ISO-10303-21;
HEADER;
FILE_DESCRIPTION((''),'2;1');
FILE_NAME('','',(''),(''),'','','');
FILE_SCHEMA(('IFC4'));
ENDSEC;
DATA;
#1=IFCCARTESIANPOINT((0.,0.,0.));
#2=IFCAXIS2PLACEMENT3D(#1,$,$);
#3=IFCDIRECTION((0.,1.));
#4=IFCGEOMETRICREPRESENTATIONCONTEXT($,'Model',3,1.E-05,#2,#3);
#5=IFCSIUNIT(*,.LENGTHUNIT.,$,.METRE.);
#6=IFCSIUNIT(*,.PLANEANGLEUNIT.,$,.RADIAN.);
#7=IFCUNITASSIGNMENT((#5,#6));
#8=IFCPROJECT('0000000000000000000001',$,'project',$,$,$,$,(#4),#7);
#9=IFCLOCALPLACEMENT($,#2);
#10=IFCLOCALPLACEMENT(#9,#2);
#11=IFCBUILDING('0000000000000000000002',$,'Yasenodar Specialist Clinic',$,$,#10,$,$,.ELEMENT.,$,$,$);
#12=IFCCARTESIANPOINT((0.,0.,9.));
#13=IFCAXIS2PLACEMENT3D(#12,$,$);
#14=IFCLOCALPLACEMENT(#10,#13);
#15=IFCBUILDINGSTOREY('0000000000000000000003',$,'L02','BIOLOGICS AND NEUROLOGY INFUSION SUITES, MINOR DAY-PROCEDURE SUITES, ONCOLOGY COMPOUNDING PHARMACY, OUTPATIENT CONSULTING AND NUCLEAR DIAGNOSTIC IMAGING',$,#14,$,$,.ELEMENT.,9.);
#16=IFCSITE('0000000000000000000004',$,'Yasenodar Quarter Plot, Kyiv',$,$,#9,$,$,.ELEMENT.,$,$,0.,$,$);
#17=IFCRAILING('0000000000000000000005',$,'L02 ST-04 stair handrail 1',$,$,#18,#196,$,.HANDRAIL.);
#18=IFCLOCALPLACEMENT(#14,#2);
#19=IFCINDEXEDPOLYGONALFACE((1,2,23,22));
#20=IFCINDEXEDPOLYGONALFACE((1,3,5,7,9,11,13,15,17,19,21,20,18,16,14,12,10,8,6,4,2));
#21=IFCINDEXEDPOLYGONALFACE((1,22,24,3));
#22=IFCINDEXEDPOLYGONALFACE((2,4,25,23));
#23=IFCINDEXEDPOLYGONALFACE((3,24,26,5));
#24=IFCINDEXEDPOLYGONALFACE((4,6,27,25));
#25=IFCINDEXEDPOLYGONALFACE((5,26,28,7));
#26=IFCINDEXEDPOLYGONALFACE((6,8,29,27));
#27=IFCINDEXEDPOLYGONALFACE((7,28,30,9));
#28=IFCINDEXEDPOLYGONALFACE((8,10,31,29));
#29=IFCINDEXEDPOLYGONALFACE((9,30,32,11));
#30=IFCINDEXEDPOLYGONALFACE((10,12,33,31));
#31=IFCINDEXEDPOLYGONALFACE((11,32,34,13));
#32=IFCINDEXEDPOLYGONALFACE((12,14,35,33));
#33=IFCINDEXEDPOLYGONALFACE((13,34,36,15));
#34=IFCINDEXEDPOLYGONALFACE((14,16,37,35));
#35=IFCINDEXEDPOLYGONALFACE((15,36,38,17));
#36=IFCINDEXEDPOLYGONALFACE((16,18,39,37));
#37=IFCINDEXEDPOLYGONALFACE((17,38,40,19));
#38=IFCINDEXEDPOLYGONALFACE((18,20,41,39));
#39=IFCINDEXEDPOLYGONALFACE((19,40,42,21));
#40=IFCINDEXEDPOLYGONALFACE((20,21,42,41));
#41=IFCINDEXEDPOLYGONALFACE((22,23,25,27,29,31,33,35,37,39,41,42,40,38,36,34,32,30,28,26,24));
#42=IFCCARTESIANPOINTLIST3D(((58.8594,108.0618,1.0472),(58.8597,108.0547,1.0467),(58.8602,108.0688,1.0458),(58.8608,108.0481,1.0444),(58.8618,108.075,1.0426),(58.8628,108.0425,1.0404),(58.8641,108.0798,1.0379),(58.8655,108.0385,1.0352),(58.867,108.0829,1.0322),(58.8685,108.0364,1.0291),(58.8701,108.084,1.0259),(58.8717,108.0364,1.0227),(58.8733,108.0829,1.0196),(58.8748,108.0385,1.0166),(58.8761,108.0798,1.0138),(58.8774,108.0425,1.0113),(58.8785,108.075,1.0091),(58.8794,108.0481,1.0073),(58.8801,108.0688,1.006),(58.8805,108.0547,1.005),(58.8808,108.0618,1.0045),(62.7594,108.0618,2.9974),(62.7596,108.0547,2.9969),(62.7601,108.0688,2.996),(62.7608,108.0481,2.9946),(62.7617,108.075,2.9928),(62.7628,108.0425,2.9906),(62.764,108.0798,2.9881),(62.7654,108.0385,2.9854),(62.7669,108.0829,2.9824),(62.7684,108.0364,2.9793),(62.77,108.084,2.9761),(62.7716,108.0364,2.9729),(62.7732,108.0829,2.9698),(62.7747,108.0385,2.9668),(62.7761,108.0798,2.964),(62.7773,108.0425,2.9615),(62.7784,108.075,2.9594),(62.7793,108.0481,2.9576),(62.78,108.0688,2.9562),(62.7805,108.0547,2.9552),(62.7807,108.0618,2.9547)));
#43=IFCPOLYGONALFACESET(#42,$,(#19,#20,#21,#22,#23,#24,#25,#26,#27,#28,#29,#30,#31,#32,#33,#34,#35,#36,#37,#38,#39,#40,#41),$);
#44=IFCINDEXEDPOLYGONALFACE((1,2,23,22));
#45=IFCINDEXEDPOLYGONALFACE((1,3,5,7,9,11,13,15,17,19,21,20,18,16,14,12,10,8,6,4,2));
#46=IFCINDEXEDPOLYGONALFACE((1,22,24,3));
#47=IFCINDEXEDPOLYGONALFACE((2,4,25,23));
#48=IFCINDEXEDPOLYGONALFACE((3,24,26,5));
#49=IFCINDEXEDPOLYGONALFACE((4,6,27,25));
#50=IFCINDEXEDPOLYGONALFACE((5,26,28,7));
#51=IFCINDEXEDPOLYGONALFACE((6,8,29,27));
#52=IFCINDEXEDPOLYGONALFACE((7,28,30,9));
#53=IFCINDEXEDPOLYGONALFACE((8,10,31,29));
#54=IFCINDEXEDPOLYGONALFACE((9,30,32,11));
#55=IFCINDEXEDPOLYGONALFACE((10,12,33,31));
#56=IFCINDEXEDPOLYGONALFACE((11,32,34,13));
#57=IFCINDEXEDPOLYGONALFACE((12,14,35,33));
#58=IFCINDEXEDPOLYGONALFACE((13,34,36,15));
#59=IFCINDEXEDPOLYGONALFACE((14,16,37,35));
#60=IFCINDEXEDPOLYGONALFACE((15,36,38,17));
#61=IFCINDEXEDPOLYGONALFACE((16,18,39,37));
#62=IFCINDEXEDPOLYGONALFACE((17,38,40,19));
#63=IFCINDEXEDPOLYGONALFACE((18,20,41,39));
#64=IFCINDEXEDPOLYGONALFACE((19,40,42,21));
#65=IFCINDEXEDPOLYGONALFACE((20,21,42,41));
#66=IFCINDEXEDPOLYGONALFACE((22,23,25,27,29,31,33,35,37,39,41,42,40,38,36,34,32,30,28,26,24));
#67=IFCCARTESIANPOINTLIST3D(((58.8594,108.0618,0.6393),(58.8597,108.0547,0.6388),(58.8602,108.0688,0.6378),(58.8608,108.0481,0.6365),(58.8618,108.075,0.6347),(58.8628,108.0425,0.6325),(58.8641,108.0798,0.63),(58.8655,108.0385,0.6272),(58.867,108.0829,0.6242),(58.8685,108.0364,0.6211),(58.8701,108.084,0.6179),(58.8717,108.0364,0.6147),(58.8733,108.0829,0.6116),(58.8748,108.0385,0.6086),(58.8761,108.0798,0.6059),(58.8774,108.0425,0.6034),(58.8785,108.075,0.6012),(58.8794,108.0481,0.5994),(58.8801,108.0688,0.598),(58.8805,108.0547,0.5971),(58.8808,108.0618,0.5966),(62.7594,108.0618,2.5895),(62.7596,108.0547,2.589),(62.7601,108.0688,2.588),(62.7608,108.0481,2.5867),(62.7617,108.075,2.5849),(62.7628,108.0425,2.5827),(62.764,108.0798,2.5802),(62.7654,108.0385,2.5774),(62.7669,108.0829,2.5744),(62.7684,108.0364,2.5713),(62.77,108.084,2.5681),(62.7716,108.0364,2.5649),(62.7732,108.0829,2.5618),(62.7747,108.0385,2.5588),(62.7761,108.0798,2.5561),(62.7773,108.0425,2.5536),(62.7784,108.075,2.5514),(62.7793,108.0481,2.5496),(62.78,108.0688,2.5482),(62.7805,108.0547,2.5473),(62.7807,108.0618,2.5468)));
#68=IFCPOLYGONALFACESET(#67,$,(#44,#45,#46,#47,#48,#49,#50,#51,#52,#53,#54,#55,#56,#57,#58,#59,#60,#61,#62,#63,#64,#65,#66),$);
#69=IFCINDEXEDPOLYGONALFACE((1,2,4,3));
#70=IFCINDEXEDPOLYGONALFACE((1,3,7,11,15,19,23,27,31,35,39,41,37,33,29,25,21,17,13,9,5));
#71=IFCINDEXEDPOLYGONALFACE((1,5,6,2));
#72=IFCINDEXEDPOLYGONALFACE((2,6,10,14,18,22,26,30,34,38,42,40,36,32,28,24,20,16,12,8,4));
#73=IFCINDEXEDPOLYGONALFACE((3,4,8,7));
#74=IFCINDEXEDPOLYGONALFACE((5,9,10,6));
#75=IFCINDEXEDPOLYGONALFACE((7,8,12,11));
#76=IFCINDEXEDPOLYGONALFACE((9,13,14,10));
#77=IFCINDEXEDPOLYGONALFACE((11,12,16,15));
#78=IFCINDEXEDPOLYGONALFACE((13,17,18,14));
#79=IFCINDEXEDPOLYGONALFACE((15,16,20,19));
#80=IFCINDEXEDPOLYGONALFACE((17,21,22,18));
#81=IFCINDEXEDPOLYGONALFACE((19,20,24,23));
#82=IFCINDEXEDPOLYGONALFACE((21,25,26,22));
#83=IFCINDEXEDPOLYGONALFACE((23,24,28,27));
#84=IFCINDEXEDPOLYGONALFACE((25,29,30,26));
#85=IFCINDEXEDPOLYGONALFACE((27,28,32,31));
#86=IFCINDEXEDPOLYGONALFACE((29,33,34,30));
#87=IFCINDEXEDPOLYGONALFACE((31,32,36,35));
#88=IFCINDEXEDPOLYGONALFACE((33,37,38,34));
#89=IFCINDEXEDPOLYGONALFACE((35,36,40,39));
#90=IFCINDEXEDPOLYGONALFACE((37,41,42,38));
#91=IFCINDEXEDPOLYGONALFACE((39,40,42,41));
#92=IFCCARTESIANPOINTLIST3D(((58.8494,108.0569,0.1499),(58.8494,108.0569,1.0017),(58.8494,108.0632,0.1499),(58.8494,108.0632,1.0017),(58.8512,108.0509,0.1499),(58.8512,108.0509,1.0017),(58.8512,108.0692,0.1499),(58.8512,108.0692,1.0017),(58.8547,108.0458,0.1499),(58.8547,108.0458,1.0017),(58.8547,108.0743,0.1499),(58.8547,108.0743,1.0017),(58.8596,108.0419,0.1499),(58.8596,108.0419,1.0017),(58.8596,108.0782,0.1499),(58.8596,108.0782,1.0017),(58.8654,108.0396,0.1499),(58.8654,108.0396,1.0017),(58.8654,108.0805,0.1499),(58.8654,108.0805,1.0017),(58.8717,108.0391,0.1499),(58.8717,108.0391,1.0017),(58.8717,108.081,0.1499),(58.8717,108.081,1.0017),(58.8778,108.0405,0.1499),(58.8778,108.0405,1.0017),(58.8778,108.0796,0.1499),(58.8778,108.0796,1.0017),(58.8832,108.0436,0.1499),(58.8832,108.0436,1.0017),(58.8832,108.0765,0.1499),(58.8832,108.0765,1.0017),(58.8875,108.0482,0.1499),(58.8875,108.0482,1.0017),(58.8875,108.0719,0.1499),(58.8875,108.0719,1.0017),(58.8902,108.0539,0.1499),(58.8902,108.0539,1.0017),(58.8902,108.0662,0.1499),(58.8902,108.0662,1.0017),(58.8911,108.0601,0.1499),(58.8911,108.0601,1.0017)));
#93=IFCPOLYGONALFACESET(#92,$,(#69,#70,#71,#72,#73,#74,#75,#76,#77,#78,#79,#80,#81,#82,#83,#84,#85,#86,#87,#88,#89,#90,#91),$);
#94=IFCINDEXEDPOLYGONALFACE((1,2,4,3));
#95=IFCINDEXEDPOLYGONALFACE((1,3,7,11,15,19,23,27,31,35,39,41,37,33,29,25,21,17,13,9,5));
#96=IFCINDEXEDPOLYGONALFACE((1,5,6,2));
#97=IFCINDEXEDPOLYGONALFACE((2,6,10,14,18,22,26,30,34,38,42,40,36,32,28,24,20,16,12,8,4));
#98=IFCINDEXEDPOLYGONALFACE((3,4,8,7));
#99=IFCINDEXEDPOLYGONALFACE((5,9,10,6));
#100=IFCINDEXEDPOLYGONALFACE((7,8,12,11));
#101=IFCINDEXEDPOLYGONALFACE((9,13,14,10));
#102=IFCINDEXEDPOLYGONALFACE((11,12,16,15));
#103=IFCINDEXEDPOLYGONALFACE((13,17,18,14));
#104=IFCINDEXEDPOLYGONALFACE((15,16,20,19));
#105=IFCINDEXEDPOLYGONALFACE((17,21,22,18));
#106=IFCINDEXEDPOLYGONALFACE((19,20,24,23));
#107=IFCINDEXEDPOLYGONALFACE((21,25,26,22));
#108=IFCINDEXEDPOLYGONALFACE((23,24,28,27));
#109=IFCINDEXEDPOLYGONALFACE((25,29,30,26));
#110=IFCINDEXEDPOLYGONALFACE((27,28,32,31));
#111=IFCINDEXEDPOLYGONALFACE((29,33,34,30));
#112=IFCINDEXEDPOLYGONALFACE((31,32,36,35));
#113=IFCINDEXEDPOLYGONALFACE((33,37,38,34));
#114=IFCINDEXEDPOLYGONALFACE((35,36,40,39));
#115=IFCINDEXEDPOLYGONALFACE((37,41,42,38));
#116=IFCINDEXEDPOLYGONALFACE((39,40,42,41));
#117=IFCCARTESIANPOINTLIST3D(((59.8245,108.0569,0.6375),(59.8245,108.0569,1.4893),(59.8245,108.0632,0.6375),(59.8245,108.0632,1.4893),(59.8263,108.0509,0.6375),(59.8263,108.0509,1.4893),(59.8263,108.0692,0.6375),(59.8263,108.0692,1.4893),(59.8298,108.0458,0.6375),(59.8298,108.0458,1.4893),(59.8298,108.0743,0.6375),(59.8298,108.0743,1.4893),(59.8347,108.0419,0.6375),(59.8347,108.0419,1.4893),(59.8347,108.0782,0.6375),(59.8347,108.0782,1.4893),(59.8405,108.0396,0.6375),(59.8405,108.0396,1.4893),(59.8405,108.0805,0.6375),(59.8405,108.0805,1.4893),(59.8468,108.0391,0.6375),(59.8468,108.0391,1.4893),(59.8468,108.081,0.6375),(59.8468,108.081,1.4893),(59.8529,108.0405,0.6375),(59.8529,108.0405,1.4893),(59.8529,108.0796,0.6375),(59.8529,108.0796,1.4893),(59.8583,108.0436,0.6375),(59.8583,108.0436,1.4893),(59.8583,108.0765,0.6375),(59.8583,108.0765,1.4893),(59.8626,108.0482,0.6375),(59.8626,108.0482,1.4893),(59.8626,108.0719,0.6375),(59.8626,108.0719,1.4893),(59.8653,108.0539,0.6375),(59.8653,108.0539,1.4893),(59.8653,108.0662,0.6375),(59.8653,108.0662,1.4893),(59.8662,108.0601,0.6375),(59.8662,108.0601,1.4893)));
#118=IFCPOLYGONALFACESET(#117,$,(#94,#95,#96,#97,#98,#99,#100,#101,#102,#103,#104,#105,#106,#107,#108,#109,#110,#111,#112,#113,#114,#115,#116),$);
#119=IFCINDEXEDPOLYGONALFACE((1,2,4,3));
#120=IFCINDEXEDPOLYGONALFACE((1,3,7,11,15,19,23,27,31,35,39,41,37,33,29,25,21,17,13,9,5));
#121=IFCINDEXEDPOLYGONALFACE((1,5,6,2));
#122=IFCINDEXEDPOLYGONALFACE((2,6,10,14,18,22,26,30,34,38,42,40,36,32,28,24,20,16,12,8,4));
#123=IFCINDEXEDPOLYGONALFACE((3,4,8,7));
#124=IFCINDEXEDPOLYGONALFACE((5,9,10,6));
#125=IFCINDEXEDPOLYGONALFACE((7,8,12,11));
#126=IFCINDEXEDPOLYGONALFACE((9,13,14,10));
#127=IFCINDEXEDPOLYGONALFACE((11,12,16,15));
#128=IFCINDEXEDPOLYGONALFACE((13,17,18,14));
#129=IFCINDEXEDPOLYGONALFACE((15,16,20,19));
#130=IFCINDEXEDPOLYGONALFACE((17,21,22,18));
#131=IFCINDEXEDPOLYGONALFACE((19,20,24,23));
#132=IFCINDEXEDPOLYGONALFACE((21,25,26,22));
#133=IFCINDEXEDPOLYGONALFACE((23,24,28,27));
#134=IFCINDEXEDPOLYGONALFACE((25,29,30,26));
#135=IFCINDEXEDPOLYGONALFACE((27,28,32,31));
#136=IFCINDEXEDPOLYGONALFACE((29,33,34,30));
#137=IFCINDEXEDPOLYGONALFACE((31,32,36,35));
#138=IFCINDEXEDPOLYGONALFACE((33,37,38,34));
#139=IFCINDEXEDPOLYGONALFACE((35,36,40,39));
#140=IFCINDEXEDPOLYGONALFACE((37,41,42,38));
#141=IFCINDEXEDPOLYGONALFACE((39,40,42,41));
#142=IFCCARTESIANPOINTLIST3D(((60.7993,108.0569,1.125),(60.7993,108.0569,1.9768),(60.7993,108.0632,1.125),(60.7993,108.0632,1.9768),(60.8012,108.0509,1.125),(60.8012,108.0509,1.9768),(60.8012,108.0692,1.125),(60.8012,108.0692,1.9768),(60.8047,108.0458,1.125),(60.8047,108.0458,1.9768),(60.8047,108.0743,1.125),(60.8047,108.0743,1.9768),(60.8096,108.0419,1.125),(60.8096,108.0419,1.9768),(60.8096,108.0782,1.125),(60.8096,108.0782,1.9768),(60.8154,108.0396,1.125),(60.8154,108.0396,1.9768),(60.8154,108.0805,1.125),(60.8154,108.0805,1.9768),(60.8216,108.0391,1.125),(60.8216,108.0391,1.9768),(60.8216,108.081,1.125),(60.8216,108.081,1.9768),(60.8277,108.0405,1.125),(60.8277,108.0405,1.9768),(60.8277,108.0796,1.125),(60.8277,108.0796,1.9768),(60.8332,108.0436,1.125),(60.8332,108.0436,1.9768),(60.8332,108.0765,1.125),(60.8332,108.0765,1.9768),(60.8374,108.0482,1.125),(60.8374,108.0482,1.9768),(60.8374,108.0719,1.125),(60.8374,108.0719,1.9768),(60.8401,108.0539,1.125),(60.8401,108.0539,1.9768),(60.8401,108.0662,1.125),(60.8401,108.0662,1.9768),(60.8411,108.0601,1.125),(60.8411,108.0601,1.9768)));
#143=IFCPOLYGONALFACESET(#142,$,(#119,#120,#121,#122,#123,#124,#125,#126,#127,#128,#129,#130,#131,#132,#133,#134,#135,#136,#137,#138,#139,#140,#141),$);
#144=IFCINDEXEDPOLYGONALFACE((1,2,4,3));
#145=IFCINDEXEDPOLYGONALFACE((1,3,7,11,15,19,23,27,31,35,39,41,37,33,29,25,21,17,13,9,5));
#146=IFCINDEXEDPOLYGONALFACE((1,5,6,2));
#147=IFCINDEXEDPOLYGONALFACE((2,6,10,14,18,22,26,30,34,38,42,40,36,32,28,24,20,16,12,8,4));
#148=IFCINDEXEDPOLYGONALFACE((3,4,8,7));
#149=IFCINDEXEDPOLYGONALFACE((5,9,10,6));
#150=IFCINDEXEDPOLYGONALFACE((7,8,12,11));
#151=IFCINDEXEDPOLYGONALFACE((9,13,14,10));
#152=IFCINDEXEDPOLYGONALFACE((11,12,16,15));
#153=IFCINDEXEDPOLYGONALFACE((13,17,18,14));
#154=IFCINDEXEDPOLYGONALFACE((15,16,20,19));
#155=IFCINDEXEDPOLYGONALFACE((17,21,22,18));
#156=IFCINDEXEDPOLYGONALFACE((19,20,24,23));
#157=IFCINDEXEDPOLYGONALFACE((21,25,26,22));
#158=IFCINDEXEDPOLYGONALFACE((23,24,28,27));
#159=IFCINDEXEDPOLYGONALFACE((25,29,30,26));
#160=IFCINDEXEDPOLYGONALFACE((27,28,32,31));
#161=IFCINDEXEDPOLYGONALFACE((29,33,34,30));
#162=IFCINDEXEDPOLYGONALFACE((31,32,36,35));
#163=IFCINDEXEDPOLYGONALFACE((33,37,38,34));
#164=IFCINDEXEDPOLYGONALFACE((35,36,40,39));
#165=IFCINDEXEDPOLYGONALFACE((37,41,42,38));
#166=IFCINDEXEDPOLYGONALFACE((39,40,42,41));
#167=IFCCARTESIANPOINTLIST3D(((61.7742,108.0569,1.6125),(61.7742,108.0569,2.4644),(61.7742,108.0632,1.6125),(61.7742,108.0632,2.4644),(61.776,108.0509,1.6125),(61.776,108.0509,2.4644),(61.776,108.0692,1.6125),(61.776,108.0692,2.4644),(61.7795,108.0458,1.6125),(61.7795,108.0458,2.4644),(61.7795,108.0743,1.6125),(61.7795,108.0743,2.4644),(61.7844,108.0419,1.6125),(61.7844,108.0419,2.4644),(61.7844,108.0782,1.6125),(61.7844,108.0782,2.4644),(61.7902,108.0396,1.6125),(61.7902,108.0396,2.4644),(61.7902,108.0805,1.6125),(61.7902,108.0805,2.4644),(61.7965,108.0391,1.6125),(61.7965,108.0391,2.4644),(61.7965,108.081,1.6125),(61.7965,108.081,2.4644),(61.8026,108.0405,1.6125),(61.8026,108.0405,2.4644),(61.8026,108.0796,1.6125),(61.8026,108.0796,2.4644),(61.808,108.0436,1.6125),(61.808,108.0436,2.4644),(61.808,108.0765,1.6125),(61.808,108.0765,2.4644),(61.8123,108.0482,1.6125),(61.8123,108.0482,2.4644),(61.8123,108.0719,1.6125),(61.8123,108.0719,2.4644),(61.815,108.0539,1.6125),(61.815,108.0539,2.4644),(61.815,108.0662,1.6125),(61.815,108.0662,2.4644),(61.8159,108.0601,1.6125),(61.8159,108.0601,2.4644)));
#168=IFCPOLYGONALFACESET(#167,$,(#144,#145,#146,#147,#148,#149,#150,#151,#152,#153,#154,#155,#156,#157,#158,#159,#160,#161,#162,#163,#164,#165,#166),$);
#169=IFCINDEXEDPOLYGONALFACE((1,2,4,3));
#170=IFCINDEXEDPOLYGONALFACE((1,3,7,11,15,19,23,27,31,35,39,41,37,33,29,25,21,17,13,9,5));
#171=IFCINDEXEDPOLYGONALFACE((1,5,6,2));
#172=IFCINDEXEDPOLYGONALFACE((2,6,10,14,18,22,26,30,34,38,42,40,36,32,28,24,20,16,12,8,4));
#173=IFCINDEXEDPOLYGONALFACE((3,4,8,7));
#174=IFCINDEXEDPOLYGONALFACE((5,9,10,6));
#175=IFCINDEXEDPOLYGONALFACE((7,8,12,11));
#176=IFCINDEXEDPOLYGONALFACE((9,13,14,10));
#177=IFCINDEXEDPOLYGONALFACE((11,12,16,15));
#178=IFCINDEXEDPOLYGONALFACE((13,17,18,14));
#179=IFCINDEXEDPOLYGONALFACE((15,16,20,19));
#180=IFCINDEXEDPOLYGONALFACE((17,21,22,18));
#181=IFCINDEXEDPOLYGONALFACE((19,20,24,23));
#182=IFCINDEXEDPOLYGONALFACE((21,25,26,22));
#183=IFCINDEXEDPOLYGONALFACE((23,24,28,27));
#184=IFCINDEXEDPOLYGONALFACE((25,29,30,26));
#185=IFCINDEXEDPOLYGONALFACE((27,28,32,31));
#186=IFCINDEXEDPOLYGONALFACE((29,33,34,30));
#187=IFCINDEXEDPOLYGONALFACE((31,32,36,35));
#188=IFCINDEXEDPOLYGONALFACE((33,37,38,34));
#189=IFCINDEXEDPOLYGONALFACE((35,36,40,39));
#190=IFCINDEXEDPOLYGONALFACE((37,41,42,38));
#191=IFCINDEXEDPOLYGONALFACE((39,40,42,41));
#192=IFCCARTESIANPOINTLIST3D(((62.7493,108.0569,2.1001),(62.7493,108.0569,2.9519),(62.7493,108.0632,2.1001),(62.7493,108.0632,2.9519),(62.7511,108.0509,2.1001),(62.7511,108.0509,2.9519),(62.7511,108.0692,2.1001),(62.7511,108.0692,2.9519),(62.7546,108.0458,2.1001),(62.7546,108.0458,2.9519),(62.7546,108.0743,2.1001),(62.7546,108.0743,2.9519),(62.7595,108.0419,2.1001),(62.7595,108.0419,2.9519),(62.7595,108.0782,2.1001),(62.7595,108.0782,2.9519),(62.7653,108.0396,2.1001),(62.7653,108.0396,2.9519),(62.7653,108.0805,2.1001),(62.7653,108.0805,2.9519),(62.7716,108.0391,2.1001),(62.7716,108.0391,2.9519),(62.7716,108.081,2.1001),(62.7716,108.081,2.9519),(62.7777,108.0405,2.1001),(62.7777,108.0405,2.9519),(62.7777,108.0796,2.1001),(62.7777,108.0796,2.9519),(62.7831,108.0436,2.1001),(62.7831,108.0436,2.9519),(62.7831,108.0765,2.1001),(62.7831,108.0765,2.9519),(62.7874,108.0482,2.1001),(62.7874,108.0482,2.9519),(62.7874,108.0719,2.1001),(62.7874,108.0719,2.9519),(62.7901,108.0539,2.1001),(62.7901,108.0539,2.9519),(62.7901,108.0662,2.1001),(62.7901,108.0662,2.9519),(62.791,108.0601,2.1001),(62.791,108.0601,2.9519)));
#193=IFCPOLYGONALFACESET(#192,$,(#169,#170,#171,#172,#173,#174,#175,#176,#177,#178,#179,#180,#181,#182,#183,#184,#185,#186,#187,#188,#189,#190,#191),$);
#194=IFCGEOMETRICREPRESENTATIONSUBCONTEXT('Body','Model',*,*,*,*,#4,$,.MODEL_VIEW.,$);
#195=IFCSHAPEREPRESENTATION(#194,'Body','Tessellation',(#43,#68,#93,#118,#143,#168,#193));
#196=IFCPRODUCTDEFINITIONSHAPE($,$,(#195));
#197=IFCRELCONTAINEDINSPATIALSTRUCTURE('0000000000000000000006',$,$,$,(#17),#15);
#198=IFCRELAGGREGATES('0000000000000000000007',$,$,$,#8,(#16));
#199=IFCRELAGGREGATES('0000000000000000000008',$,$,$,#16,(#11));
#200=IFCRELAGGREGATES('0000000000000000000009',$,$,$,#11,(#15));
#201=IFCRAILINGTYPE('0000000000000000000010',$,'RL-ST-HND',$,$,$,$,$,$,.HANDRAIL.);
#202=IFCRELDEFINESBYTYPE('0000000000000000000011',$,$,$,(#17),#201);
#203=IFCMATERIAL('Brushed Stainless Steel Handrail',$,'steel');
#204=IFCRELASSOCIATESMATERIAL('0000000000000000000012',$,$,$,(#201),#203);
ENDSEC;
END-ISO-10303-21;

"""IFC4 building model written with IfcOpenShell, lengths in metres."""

from ifc_helpers import new_model, si_unit, direction, frame, origin, origin_2d, place, context, subcontext, project, spatial, circle, extrude, material, type_object, element, save


model = new_model("IFC4")

# Units and contexts
model_context = context("Model", 3, precision=1e-05, world=origin(), true_north=direction((0.0, 1.0)))
body_context = subcontext(model_context, "Body", "Model", "MODEL_VIEW")
ifc_project = project(units=[si_unit("LENGTHUNIT", "METRE"), si_unit("PLANEANGLEUNIT", "RADIAN")], contexts=[model_context])

# Site, building, storey
site_placement = place(None, origin())
site = spatial("IfcSite", under=ifc_project, at=site_placement, Name="Yasenodar Quarter Plot, Kyiv", CompositionType="ELEMENT", RefElevation=0.0)
building_placement = place(site_placement, origin())
building = spatial("IfcBuilding", under=site, at=building_placement, Name="Yasenodar Specialist Clinic", CompositionType="ELEMENT")
storey_placement = place(building_placement, frame((0.0, 0.0, 9.0)))
storey = spatial("IfcBuildingStorey", under=building, at=storey_placement, Name="L02", Description="BIOLOGICS AND NEUROLOGY INFUSION SUITES, MINOR DAY-PROCEDURE SUITES, ONCOLOGY COMPOUNDING PHARMACY, OUTPATIENT CONSULTING AND NUCLEAR DIAGNOSTIC IMAGING", CompositionType="ELEMENT", Elevation=9.0)

# Railing
ifc_material_1 = material(Name="Brushed Stainless Steel Handrail", Category="steel")
railing_type_1 = type_object("IfcRailingType", Name="RL-ST-HND", PredefinedType="HANDRAIL", material=ifc_material_1)
railing_1_placement = place(storey_placement, frame((58.8701, 108.0601, 0.1499)))
element("IfcRailing", 1, at=railing_1_placement, inside=storey, type_object=railing_type_1, Name="L02 ST-04 stair handrail 1", PredefinedType="HANDRAIL", context=body_context, shape_type="SweptSolid", body=[
    extrude(circle(Radius=0.0239, at=origin_2d()), frame((0.0, 0.0, 0.876), z_axis=(0.894405, 0.0, 0.447258), x_axis=(0.0, 1.0, 0.0)), (0.0, 0.0, 1.0), 4.3604),
    extrude(circle(Radius=0.0239, at=origin_2d()), frame((0.0, 0.0, 0.468), z_axis=(0.894405, 0.0, 0.447258), x_axis=(0.0, 1.0, 0.0)), (0.0, 0.0, 1.0), 4.3604),
    extrude(circle(Radius=0.021, at=origin_2d()), origin(), (0.0, 0.0, 1.0), 0.8518),
    extrude(circle(Radius=0.021, at=origin_2d()), frame((0.9751, 0.0, 0.4875)), (0.0, 0.0, 1.0), 0.8518),
    extrude(circle(Radius=0.021, at=origin_2d()), frame((1.95, 0.0, 0.9751)), (0.0, 0.0, 1.0), 0.8518),
    extrude(circle(Radius=0.021, at=origin_2d()), frame((2.9248, 0.0, 1.4626)), (0.0, 0.0, 1.0), 0.8518),
    extrude(circle(Radius=0.021, at=origin_2d()), frame((3.8999, 0.0, 1.9502)), (0.0, 0.0, 1.0), 0.8518),
])

save(model, "model.ifc")
